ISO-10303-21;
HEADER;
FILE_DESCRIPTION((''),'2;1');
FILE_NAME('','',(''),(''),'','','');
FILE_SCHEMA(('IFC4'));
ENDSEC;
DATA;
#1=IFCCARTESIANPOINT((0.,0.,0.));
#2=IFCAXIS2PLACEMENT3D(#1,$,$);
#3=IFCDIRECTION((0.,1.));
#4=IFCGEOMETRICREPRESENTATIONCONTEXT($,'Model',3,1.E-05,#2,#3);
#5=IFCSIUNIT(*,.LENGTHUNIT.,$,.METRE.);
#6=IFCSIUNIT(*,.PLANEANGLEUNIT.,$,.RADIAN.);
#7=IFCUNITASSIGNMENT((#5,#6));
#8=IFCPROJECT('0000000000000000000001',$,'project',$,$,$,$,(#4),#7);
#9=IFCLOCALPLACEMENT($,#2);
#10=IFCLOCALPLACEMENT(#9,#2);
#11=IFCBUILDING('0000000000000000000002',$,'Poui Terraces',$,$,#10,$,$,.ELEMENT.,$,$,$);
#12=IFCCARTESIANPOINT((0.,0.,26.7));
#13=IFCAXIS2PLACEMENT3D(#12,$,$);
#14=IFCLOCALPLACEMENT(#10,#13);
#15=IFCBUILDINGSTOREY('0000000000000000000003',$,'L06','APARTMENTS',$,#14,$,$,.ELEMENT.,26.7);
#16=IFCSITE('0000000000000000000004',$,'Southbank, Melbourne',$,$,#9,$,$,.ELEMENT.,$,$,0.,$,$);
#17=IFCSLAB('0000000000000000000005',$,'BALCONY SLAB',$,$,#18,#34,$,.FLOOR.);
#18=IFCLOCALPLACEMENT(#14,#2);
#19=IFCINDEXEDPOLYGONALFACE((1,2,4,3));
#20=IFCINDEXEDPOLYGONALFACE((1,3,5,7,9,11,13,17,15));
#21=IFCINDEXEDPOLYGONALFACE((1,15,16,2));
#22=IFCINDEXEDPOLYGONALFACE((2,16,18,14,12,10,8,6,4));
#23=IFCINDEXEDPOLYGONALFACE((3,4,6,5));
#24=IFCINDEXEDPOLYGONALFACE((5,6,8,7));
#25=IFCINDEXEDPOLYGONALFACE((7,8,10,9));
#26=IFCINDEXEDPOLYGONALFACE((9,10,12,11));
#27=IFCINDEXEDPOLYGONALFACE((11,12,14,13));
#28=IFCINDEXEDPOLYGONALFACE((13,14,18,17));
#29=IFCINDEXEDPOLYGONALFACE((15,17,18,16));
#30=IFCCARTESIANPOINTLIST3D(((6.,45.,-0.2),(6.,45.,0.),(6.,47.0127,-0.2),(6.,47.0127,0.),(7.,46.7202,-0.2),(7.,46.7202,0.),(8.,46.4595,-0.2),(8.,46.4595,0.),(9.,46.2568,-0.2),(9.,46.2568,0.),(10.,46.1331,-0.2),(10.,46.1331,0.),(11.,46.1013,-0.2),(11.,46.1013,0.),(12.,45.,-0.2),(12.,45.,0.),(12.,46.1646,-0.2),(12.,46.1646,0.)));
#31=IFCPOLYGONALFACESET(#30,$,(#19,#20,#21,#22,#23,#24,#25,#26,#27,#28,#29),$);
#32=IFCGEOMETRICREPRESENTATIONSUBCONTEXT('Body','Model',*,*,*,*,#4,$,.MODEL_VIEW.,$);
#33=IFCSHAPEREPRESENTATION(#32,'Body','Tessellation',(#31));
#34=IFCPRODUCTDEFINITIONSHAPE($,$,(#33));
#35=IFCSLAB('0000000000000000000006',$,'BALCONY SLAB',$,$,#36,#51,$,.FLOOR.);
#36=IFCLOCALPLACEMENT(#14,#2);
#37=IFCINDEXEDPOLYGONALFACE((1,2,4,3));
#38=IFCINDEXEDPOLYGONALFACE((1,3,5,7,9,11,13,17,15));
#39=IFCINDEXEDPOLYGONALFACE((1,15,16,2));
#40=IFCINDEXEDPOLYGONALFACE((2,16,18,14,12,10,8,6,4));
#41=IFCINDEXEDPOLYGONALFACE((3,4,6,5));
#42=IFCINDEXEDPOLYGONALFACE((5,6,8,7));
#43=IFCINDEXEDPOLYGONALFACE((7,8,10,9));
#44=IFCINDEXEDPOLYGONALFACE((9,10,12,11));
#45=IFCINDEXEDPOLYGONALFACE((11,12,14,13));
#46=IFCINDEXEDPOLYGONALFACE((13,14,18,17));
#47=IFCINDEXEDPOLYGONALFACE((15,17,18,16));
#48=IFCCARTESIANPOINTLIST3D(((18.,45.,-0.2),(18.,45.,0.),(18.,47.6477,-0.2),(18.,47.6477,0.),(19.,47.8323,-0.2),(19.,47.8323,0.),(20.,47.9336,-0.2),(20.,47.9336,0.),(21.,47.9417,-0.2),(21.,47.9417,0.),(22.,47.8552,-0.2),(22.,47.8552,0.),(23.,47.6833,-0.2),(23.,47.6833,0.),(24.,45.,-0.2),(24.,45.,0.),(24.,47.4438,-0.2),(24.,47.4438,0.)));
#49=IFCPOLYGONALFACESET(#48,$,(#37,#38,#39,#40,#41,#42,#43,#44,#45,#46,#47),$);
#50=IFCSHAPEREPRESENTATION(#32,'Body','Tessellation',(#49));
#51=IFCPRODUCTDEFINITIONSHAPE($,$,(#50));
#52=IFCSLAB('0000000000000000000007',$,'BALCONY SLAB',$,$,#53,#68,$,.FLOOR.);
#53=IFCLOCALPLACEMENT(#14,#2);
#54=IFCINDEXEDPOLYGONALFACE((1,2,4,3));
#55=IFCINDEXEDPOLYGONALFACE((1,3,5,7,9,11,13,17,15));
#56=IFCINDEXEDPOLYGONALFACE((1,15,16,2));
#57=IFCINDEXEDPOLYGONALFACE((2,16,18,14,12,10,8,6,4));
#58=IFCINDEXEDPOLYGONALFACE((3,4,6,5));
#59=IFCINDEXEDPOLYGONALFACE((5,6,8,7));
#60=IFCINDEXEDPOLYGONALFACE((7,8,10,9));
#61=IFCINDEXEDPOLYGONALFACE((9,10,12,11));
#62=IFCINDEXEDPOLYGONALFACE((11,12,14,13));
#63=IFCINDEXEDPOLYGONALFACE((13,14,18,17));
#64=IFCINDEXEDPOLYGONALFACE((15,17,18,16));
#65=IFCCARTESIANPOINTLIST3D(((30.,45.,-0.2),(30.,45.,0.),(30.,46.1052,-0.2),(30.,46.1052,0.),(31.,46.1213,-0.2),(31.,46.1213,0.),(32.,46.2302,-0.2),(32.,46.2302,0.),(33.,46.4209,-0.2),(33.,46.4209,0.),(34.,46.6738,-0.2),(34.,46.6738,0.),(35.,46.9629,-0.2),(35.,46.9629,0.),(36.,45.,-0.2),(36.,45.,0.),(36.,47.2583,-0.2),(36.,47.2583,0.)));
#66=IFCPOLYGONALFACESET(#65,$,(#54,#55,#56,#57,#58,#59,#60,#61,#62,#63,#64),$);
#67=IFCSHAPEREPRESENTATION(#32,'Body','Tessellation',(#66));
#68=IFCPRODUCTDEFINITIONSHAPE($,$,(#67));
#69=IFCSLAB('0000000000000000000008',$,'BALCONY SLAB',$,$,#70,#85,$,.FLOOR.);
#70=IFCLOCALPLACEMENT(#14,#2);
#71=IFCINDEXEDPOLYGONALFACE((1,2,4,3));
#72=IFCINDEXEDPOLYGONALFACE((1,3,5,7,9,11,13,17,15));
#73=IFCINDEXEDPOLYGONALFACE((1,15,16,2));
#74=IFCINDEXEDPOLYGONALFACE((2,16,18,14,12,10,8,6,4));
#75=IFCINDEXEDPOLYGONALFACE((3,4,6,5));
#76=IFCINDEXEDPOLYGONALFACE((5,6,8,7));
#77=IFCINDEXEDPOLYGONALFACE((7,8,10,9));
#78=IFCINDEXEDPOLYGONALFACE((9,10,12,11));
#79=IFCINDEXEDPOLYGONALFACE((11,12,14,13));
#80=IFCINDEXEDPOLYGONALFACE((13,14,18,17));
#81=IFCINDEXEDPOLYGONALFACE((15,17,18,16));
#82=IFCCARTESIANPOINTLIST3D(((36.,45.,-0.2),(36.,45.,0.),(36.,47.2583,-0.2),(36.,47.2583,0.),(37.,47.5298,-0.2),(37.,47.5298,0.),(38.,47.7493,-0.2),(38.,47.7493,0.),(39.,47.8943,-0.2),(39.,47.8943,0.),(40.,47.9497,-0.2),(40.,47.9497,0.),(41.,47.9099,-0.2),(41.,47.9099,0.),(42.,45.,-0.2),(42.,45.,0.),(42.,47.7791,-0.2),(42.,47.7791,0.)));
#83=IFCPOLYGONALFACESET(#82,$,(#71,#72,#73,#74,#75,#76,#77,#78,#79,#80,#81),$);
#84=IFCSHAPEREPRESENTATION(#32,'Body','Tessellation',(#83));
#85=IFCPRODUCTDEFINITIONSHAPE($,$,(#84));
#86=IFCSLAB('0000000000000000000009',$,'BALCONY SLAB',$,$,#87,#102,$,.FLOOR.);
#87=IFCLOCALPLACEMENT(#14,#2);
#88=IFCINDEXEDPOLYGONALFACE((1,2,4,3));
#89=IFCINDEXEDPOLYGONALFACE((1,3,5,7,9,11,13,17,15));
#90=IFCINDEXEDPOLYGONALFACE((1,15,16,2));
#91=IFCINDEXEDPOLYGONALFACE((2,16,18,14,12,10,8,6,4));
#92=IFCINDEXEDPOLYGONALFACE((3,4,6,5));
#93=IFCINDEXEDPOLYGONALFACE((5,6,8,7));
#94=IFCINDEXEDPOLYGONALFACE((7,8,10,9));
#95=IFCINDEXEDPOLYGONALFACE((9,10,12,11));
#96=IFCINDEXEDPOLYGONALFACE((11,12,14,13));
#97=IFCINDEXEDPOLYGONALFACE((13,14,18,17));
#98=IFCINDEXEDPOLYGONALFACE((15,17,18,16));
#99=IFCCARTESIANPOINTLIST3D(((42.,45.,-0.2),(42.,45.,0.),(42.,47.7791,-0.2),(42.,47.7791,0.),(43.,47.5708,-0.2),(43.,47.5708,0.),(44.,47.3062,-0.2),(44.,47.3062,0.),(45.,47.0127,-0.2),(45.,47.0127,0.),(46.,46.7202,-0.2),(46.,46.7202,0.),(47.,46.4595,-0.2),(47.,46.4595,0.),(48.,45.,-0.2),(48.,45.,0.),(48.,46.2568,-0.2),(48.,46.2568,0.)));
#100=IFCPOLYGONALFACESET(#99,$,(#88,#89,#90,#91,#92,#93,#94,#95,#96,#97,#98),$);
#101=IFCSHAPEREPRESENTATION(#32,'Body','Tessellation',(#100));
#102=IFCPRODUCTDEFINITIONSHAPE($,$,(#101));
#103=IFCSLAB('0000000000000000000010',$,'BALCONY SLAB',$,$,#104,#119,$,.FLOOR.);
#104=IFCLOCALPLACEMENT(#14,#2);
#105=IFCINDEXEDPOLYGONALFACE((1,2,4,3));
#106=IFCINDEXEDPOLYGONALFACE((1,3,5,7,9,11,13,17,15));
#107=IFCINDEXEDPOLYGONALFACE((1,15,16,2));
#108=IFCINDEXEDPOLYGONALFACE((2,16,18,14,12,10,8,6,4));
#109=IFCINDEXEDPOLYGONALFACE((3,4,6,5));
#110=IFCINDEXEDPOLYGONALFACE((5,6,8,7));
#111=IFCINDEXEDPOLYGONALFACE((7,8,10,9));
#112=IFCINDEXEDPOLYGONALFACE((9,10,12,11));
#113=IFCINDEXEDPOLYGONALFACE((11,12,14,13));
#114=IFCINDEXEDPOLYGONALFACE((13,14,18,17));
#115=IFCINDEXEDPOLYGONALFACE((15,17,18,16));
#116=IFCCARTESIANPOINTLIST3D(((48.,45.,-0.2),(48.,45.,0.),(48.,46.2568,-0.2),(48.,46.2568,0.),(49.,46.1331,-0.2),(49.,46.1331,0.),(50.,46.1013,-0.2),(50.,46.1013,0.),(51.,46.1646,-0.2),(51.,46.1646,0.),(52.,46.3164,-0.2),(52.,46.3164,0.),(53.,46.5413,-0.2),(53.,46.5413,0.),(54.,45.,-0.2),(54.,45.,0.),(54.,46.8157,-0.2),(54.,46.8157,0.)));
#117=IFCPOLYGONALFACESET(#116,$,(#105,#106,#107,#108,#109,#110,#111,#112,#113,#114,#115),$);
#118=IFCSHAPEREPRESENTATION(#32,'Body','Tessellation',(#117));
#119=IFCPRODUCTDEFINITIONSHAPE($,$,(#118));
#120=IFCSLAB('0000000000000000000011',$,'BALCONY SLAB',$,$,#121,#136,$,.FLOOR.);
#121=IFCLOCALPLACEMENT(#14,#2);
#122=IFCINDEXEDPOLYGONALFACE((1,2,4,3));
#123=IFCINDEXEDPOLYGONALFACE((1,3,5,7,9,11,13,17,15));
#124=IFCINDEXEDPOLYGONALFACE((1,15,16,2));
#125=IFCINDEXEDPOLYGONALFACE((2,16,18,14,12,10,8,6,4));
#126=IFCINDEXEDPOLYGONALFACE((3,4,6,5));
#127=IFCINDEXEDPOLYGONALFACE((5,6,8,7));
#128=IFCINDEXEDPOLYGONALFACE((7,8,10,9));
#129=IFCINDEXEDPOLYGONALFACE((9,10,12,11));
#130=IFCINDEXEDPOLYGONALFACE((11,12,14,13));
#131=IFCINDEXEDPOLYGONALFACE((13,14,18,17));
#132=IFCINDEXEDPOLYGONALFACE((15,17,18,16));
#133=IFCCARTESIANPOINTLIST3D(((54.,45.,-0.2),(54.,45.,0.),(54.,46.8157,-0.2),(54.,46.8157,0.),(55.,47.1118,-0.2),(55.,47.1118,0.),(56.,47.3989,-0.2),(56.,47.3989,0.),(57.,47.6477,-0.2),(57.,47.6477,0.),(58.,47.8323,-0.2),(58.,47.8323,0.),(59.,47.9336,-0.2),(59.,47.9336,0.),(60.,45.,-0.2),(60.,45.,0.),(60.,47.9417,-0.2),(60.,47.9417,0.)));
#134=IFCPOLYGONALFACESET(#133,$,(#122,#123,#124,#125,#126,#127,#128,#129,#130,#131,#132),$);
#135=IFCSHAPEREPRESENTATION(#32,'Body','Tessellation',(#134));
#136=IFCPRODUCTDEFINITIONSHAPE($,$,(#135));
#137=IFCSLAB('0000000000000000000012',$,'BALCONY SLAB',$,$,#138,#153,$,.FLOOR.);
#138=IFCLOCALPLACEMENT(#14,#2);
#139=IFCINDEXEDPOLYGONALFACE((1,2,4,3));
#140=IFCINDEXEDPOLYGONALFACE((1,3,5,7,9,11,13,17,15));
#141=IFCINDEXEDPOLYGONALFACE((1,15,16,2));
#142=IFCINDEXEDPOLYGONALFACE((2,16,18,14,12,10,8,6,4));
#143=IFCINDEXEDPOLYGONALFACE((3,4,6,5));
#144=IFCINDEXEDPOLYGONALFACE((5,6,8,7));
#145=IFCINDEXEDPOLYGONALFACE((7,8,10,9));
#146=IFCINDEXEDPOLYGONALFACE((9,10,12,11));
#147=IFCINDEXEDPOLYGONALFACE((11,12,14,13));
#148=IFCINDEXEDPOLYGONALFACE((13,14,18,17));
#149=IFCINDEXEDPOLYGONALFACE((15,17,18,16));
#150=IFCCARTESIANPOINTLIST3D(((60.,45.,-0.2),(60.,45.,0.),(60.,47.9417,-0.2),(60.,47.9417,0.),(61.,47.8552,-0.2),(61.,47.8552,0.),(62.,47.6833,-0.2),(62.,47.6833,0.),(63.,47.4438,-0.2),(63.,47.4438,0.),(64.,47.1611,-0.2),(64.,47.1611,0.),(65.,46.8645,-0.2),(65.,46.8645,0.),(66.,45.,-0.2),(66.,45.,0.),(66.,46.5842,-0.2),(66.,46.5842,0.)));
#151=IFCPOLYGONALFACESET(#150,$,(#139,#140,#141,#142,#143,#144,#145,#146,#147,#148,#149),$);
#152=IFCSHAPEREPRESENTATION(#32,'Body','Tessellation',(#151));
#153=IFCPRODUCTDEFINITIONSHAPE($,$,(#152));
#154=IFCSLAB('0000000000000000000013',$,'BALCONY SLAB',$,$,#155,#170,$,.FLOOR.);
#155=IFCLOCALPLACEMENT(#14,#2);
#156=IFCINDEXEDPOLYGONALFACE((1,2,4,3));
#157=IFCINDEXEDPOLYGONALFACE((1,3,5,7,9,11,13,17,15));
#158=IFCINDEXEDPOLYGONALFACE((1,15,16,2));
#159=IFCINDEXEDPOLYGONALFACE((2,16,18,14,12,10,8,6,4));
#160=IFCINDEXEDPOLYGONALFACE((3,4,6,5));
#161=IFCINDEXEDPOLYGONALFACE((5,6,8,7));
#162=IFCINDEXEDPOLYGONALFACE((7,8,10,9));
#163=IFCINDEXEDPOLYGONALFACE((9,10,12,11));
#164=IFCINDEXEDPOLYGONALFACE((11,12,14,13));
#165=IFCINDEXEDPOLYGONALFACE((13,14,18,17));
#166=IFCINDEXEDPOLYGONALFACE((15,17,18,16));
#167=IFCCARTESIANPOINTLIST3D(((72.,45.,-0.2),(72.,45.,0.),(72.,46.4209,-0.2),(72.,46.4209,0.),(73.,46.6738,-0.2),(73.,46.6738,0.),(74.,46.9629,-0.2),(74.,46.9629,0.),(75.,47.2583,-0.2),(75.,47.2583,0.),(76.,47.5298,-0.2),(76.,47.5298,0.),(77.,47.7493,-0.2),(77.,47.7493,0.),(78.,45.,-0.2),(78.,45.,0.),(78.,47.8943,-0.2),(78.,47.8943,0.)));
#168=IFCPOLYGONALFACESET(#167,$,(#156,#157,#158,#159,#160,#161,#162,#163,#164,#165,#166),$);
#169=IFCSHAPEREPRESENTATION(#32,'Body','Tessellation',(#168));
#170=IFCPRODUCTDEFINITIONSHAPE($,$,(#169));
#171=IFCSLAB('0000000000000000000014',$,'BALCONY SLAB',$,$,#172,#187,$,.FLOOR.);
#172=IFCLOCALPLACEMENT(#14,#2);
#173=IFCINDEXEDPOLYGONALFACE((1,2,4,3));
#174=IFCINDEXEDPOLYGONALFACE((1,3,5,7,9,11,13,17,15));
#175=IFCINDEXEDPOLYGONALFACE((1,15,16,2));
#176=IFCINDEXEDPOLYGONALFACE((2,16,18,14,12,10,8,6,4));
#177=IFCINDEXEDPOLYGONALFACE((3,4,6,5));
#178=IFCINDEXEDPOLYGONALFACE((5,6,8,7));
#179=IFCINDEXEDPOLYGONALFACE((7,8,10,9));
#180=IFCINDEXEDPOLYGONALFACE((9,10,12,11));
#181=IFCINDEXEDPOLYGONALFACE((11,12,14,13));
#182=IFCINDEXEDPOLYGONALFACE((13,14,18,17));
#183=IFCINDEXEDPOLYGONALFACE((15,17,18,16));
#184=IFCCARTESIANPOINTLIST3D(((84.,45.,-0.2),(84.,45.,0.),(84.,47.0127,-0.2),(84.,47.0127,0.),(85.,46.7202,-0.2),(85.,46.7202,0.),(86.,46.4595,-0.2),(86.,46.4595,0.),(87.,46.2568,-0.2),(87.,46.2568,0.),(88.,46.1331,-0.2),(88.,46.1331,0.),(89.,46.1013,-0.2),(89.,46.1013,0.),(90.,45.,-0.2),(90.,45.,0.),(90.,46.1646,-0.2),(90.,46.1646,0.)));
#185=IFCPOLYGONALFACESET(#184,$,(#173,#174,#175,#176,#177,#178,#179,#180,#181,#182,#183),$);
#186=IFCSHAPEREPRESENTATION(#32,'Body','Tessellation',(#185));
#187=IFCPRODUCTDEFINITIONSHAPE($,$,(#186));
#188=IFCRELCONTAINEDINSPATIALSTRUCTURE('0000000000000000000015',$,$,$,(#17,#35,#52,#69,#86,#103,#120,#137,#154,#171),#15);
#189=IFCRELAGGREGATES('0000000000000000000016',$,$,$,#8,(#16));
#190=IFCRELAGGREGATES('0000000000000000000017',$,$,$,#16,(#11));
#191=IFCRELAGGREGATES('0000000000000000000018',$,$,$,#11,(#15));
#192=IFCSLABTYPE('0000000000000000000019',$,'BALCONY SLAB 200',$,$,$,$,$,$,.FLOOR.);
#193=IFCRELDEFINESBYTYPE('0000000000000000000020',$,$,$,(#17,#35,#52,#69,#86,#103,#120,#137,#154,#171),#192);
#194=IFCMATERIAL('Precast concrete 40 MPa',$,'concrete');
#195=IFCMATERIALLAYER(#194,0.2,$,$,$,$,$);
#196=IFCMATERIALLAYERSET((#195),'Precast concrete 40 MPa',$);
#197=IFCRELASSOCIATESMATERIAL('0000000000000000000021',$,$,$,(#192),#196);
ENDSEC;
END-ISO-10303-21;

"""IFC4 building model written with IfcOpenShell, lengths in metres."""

from ifc_helpers import new_model, si_unit, direction, frame, origin, place, context, subcontext, project, spatial, polyline, outline, extrude, material, layer, layer_set, type_object, element, save


model = new_model("IFC4")

# Units and contexts
model_context = context("Model", 3, precision=1e-05, world=origin(), true_north=direction((0.0, 1.0)))
body_context = subcontext(model_context, "Body", "Model", "MODEL_VIEW")
ifc_project = project(units=[si_unit("LENGTHUNIT", "METRE"), si_unit("PLANEANGLEUNIT", "RADIAN")], contexts=[model_context])

# Site, building, storey
site_placement = place(None, origin())
site = spatial("IfcSite", under=ifc_project, at=site_placement, Name="Southbank, Melbourne", CompositionType="ELEMENT", RefElevation=0.0)
building_placement = place(site_placement, origin())
building = spatial("IfcBuilding", under=site, at=building_placement, Name="Poui Terraces", CompositionType="ELEMENT")
storey_placement = place(building_placement, frame((0.0, 0.0, 26.7)))
storey = spatial("IfcBuildingStorey", under=building, at=storey_placement, Name="L06", Description="APARTMENTS", CompositionType="ELEMENT", Elevation=26.7)

# Slabs
ifc_material_1 = material(Name="Precast concrete 40 MPa", Category="concrete")
ifc_layer_1 = layer(ifc_material_1, 0.2)
ifc_layer_set_1 = layer_set([ifc_layer_1], Name="Precast concrete 40 MPa")
slab_type_1 = type_object("IfcSlabType", Name="BALCONY SLAB 200", PredefinedType="FLOOR", material=ifc_layer_set_1)
slab_1_placement = place(storey_placement, frame((0.0, 0.0, -0.2)))
element("IfcSlab", 1, at=slab_1_placement, inside=storey, type_object=slab_type_1, Name="BALCONY SLAB", PredefinedType="FLOOR", context=body_context, shape_type="SweptSolid", body=[
    extrude(outline(polyline([(6.0, 45.0), (12.0, 45.0), (12.0, 46.1646), (11.0, 46.1013), (10.0, 46.1331), (9.0, 46.2568), (8.0, 46.4595), (7.0, 46.7202), (6.0, 47.0127), (6.0, 45.0)])), origin(), (0.0, 0.0, 1.0), 0.2),
])
slab_2_placement = place(storey_placement, frame((0.0, 0.0, -0.2)))
element("IfcSlab", 2, at=slab_2_placement, inside=storey, type_object=slab_type_1, Name="BALCONY SLAB", PredefinedType="FLOOR", context=body_context, shape_type="SweptSolid", body=[
    extrude(outline(polyline([(18.0, 45.0), (24.0, 45.0), (24.0, 47.4438), (23.0, 47.6833), (22.0, 47.8552), (21.0, 47.9417), (20.0, 47.9336), (19.0, 47.8323), (18.0, 47.6477), (18.0, 45.0)])), origin(), (0.0, 0.0, 1.0), 0.2),
])
slab_3_placement = place(storey_placement, frame((0.0, 0.0, -0.2)))
element("IfcSlab", 3, at=slab_3_placement, inside=storey, type_object=slab_type_1, Name="BALCONY SLAB", PredefinedType="FLOOR", context=body_context, shape_type="SweptSolid", body=[
    extrude(outline(polyline([(30.0, 45.0), (36.0, 45.0), (36.0, 47.2583), (35.0, 46.9629), (34.0, 46.6738), (33.0, 46.4209), (32.0, 46.2302), (31.0, 46.1213), (30.0, 46.1052), (30.0, 45.0)])), origin(), (0.0, 0.0, 1.0), 0.2),
])
slab_4_placement = place(storey_placement, frame((0.0, 0.0, -0.2)))
element("IfcSlab", 4, at=slab_4_placement, inside=storey, type_object=slab_type_1, Name="BALCONY SLAB", PredefinedType="FLOOR", context=body_context, shape_type="SweptSolid", body=[
    extrude(outline(polyline([(36.0, 45.0), (42.0, 45.0), (42.0, 47.7791), (41.0, 47.9099), (40.0, 47.9497), (39.0, 47.8943), (38.0, 47.7493), (37.0, 47.5298), (36.0, 47.2583), (36.0, 45.0)])), origin(), (0.0, 0.0, 1.0), 0.2),
])
slab_5_placement = place(storey_placement, frame((0.0, 0.0, -0.2)))
element("IfcSlab", 5, at=slab_5_placement, inside=storey, type_object=slab_type_1, Name="BALCONY SLAB", PredefinedType="FLOOR", context=body_context, shape_type="SweptSolid", body=[
    extrude(outline(polyline([(42.0, 45.0), (48.0, 45.0), (48.0, 46.2568), (47.0, 46.4595), (46.0, 46.7202), (45.0, 47.0127), (44.0, 47.3062), (43.0, 47.5708), (42.0, 47.7791), (42.0, 45.0)])), origin(), (0.0, 0.0, 1.0), 0.2),
])
slab_6_placement = place(storey_placement, frame((0.0, 0.0, -0.2)))
element("IfcSlab", 6, at=slab_6_placement, inside=storey, type_object=slab_type_1, Name="BALCONY SLAB", PredefinedType="FLOOR", context=body_context, shape_type="SweptSolid", body=[
    extrude(outline(polyline([(48.0, 45.0), (54.0, 45.0), (54.0, 46.8157), (53.0, 46.5413), (52.0, 46.3164), (51.0, 46.1646), (50.0, 46.1013), (49.0, 46.1331), (48.0, 46.2568), (48.0, 45.0)])), origin(), (0.0, 0.0, 1.0), 0.2),
])
slab_7_placement = place(storey_placement, frame((0.0, 0.0, -0.2)))
element("IfcSlab", 7, at=slab_7_placement, inside=storey, type_object=slab_type_1, Name="BALCONY SLAB", PredefinedType="FLOOR", context=body_context, shape_type="SweptSolid", body=[
    extrude(outline(polyline([(54.0, 45.0), (60.0, 45.0), (60.0, 47.9417), (59.0, 47.9336), (58.0, 47.8323), (57.0, 47.6477), (56.0, 47.3989), (55.0, 47.1118), (54.0, 46.8157), (54.0, 45.0)])), origin(), (0.0, 0.0, 1.0), 0.2),
])
slab_8_placement = place(storey_placement, frame((0.0, 0.0, -0.2)))
element("IfcSlab", 8, at=slab_8_placement, inside=storey, type_object=slab_type_1, Name="BALCONY SLAB", PredefinedType="FLOOR", context=body_context, shape_type="SweptSolid", body=[
    extrude(outline(polyline([(60.0, 45.0), (66.0, 45.0), (66.0, 46.5842), (65.0, 46.8645), (64.0, 47.1611), (63.0, 47.4438), (62.0, 47.6833), (61.0, 47.8552), (60.0, 47.9417), (60.0, 45.0)])), origin(), (0.0, 0.0, 1.0), 0.2),
])
slab_9_placement = place(storey_placement, frame((0.0, 0.0, -0.2)))
element("IfcSlab", 9, at=slab_9_placement, inside=storey, type_object=slab_type_1, Name="BALCONY SLAB", PredefinedType="FLOOR", context=body_context, shape_type="SweptSolid", body=[
    extrude(outline(polyline([(72.0, 45.0), (78.0, 45.0), (78.0, 47.8943), (77.0, 47.7493), (76.0, 47.5298), (75.0, 47.2583), (74.0, 46.9629), (73.0, 46.6738), (72.0, 46.4209), (72.0, 45.0)])), origin(), (0.0, 0.0, 1.0), 0.2),
])
slab_10_placement = place(storey_placement, frame((0.0, 0.0, -0.2)))
element("IfcSlab", 10, at=slab_10_placement, inside=storey, type_object=slab_type_1, Name="BALCONY SLAB", PredefinedType="FLOOR", context=body_context, shape_type="SweptSolid", body=[
    extrude(outline(polyline([(84.0, 45.0), (90.0, 45.0), (90.0, 46.1646), (89.0, 46.1013), (88.0, 46.1331), (87.0, 46.2568), (86.0, 46.4595), (85.0, 46.7202), (84.0, 47.0127), (84.0, 45.0)])), origin(), (0.0, 0.0, 1.0), 0.2),
])

save(model, "model.ifc")
